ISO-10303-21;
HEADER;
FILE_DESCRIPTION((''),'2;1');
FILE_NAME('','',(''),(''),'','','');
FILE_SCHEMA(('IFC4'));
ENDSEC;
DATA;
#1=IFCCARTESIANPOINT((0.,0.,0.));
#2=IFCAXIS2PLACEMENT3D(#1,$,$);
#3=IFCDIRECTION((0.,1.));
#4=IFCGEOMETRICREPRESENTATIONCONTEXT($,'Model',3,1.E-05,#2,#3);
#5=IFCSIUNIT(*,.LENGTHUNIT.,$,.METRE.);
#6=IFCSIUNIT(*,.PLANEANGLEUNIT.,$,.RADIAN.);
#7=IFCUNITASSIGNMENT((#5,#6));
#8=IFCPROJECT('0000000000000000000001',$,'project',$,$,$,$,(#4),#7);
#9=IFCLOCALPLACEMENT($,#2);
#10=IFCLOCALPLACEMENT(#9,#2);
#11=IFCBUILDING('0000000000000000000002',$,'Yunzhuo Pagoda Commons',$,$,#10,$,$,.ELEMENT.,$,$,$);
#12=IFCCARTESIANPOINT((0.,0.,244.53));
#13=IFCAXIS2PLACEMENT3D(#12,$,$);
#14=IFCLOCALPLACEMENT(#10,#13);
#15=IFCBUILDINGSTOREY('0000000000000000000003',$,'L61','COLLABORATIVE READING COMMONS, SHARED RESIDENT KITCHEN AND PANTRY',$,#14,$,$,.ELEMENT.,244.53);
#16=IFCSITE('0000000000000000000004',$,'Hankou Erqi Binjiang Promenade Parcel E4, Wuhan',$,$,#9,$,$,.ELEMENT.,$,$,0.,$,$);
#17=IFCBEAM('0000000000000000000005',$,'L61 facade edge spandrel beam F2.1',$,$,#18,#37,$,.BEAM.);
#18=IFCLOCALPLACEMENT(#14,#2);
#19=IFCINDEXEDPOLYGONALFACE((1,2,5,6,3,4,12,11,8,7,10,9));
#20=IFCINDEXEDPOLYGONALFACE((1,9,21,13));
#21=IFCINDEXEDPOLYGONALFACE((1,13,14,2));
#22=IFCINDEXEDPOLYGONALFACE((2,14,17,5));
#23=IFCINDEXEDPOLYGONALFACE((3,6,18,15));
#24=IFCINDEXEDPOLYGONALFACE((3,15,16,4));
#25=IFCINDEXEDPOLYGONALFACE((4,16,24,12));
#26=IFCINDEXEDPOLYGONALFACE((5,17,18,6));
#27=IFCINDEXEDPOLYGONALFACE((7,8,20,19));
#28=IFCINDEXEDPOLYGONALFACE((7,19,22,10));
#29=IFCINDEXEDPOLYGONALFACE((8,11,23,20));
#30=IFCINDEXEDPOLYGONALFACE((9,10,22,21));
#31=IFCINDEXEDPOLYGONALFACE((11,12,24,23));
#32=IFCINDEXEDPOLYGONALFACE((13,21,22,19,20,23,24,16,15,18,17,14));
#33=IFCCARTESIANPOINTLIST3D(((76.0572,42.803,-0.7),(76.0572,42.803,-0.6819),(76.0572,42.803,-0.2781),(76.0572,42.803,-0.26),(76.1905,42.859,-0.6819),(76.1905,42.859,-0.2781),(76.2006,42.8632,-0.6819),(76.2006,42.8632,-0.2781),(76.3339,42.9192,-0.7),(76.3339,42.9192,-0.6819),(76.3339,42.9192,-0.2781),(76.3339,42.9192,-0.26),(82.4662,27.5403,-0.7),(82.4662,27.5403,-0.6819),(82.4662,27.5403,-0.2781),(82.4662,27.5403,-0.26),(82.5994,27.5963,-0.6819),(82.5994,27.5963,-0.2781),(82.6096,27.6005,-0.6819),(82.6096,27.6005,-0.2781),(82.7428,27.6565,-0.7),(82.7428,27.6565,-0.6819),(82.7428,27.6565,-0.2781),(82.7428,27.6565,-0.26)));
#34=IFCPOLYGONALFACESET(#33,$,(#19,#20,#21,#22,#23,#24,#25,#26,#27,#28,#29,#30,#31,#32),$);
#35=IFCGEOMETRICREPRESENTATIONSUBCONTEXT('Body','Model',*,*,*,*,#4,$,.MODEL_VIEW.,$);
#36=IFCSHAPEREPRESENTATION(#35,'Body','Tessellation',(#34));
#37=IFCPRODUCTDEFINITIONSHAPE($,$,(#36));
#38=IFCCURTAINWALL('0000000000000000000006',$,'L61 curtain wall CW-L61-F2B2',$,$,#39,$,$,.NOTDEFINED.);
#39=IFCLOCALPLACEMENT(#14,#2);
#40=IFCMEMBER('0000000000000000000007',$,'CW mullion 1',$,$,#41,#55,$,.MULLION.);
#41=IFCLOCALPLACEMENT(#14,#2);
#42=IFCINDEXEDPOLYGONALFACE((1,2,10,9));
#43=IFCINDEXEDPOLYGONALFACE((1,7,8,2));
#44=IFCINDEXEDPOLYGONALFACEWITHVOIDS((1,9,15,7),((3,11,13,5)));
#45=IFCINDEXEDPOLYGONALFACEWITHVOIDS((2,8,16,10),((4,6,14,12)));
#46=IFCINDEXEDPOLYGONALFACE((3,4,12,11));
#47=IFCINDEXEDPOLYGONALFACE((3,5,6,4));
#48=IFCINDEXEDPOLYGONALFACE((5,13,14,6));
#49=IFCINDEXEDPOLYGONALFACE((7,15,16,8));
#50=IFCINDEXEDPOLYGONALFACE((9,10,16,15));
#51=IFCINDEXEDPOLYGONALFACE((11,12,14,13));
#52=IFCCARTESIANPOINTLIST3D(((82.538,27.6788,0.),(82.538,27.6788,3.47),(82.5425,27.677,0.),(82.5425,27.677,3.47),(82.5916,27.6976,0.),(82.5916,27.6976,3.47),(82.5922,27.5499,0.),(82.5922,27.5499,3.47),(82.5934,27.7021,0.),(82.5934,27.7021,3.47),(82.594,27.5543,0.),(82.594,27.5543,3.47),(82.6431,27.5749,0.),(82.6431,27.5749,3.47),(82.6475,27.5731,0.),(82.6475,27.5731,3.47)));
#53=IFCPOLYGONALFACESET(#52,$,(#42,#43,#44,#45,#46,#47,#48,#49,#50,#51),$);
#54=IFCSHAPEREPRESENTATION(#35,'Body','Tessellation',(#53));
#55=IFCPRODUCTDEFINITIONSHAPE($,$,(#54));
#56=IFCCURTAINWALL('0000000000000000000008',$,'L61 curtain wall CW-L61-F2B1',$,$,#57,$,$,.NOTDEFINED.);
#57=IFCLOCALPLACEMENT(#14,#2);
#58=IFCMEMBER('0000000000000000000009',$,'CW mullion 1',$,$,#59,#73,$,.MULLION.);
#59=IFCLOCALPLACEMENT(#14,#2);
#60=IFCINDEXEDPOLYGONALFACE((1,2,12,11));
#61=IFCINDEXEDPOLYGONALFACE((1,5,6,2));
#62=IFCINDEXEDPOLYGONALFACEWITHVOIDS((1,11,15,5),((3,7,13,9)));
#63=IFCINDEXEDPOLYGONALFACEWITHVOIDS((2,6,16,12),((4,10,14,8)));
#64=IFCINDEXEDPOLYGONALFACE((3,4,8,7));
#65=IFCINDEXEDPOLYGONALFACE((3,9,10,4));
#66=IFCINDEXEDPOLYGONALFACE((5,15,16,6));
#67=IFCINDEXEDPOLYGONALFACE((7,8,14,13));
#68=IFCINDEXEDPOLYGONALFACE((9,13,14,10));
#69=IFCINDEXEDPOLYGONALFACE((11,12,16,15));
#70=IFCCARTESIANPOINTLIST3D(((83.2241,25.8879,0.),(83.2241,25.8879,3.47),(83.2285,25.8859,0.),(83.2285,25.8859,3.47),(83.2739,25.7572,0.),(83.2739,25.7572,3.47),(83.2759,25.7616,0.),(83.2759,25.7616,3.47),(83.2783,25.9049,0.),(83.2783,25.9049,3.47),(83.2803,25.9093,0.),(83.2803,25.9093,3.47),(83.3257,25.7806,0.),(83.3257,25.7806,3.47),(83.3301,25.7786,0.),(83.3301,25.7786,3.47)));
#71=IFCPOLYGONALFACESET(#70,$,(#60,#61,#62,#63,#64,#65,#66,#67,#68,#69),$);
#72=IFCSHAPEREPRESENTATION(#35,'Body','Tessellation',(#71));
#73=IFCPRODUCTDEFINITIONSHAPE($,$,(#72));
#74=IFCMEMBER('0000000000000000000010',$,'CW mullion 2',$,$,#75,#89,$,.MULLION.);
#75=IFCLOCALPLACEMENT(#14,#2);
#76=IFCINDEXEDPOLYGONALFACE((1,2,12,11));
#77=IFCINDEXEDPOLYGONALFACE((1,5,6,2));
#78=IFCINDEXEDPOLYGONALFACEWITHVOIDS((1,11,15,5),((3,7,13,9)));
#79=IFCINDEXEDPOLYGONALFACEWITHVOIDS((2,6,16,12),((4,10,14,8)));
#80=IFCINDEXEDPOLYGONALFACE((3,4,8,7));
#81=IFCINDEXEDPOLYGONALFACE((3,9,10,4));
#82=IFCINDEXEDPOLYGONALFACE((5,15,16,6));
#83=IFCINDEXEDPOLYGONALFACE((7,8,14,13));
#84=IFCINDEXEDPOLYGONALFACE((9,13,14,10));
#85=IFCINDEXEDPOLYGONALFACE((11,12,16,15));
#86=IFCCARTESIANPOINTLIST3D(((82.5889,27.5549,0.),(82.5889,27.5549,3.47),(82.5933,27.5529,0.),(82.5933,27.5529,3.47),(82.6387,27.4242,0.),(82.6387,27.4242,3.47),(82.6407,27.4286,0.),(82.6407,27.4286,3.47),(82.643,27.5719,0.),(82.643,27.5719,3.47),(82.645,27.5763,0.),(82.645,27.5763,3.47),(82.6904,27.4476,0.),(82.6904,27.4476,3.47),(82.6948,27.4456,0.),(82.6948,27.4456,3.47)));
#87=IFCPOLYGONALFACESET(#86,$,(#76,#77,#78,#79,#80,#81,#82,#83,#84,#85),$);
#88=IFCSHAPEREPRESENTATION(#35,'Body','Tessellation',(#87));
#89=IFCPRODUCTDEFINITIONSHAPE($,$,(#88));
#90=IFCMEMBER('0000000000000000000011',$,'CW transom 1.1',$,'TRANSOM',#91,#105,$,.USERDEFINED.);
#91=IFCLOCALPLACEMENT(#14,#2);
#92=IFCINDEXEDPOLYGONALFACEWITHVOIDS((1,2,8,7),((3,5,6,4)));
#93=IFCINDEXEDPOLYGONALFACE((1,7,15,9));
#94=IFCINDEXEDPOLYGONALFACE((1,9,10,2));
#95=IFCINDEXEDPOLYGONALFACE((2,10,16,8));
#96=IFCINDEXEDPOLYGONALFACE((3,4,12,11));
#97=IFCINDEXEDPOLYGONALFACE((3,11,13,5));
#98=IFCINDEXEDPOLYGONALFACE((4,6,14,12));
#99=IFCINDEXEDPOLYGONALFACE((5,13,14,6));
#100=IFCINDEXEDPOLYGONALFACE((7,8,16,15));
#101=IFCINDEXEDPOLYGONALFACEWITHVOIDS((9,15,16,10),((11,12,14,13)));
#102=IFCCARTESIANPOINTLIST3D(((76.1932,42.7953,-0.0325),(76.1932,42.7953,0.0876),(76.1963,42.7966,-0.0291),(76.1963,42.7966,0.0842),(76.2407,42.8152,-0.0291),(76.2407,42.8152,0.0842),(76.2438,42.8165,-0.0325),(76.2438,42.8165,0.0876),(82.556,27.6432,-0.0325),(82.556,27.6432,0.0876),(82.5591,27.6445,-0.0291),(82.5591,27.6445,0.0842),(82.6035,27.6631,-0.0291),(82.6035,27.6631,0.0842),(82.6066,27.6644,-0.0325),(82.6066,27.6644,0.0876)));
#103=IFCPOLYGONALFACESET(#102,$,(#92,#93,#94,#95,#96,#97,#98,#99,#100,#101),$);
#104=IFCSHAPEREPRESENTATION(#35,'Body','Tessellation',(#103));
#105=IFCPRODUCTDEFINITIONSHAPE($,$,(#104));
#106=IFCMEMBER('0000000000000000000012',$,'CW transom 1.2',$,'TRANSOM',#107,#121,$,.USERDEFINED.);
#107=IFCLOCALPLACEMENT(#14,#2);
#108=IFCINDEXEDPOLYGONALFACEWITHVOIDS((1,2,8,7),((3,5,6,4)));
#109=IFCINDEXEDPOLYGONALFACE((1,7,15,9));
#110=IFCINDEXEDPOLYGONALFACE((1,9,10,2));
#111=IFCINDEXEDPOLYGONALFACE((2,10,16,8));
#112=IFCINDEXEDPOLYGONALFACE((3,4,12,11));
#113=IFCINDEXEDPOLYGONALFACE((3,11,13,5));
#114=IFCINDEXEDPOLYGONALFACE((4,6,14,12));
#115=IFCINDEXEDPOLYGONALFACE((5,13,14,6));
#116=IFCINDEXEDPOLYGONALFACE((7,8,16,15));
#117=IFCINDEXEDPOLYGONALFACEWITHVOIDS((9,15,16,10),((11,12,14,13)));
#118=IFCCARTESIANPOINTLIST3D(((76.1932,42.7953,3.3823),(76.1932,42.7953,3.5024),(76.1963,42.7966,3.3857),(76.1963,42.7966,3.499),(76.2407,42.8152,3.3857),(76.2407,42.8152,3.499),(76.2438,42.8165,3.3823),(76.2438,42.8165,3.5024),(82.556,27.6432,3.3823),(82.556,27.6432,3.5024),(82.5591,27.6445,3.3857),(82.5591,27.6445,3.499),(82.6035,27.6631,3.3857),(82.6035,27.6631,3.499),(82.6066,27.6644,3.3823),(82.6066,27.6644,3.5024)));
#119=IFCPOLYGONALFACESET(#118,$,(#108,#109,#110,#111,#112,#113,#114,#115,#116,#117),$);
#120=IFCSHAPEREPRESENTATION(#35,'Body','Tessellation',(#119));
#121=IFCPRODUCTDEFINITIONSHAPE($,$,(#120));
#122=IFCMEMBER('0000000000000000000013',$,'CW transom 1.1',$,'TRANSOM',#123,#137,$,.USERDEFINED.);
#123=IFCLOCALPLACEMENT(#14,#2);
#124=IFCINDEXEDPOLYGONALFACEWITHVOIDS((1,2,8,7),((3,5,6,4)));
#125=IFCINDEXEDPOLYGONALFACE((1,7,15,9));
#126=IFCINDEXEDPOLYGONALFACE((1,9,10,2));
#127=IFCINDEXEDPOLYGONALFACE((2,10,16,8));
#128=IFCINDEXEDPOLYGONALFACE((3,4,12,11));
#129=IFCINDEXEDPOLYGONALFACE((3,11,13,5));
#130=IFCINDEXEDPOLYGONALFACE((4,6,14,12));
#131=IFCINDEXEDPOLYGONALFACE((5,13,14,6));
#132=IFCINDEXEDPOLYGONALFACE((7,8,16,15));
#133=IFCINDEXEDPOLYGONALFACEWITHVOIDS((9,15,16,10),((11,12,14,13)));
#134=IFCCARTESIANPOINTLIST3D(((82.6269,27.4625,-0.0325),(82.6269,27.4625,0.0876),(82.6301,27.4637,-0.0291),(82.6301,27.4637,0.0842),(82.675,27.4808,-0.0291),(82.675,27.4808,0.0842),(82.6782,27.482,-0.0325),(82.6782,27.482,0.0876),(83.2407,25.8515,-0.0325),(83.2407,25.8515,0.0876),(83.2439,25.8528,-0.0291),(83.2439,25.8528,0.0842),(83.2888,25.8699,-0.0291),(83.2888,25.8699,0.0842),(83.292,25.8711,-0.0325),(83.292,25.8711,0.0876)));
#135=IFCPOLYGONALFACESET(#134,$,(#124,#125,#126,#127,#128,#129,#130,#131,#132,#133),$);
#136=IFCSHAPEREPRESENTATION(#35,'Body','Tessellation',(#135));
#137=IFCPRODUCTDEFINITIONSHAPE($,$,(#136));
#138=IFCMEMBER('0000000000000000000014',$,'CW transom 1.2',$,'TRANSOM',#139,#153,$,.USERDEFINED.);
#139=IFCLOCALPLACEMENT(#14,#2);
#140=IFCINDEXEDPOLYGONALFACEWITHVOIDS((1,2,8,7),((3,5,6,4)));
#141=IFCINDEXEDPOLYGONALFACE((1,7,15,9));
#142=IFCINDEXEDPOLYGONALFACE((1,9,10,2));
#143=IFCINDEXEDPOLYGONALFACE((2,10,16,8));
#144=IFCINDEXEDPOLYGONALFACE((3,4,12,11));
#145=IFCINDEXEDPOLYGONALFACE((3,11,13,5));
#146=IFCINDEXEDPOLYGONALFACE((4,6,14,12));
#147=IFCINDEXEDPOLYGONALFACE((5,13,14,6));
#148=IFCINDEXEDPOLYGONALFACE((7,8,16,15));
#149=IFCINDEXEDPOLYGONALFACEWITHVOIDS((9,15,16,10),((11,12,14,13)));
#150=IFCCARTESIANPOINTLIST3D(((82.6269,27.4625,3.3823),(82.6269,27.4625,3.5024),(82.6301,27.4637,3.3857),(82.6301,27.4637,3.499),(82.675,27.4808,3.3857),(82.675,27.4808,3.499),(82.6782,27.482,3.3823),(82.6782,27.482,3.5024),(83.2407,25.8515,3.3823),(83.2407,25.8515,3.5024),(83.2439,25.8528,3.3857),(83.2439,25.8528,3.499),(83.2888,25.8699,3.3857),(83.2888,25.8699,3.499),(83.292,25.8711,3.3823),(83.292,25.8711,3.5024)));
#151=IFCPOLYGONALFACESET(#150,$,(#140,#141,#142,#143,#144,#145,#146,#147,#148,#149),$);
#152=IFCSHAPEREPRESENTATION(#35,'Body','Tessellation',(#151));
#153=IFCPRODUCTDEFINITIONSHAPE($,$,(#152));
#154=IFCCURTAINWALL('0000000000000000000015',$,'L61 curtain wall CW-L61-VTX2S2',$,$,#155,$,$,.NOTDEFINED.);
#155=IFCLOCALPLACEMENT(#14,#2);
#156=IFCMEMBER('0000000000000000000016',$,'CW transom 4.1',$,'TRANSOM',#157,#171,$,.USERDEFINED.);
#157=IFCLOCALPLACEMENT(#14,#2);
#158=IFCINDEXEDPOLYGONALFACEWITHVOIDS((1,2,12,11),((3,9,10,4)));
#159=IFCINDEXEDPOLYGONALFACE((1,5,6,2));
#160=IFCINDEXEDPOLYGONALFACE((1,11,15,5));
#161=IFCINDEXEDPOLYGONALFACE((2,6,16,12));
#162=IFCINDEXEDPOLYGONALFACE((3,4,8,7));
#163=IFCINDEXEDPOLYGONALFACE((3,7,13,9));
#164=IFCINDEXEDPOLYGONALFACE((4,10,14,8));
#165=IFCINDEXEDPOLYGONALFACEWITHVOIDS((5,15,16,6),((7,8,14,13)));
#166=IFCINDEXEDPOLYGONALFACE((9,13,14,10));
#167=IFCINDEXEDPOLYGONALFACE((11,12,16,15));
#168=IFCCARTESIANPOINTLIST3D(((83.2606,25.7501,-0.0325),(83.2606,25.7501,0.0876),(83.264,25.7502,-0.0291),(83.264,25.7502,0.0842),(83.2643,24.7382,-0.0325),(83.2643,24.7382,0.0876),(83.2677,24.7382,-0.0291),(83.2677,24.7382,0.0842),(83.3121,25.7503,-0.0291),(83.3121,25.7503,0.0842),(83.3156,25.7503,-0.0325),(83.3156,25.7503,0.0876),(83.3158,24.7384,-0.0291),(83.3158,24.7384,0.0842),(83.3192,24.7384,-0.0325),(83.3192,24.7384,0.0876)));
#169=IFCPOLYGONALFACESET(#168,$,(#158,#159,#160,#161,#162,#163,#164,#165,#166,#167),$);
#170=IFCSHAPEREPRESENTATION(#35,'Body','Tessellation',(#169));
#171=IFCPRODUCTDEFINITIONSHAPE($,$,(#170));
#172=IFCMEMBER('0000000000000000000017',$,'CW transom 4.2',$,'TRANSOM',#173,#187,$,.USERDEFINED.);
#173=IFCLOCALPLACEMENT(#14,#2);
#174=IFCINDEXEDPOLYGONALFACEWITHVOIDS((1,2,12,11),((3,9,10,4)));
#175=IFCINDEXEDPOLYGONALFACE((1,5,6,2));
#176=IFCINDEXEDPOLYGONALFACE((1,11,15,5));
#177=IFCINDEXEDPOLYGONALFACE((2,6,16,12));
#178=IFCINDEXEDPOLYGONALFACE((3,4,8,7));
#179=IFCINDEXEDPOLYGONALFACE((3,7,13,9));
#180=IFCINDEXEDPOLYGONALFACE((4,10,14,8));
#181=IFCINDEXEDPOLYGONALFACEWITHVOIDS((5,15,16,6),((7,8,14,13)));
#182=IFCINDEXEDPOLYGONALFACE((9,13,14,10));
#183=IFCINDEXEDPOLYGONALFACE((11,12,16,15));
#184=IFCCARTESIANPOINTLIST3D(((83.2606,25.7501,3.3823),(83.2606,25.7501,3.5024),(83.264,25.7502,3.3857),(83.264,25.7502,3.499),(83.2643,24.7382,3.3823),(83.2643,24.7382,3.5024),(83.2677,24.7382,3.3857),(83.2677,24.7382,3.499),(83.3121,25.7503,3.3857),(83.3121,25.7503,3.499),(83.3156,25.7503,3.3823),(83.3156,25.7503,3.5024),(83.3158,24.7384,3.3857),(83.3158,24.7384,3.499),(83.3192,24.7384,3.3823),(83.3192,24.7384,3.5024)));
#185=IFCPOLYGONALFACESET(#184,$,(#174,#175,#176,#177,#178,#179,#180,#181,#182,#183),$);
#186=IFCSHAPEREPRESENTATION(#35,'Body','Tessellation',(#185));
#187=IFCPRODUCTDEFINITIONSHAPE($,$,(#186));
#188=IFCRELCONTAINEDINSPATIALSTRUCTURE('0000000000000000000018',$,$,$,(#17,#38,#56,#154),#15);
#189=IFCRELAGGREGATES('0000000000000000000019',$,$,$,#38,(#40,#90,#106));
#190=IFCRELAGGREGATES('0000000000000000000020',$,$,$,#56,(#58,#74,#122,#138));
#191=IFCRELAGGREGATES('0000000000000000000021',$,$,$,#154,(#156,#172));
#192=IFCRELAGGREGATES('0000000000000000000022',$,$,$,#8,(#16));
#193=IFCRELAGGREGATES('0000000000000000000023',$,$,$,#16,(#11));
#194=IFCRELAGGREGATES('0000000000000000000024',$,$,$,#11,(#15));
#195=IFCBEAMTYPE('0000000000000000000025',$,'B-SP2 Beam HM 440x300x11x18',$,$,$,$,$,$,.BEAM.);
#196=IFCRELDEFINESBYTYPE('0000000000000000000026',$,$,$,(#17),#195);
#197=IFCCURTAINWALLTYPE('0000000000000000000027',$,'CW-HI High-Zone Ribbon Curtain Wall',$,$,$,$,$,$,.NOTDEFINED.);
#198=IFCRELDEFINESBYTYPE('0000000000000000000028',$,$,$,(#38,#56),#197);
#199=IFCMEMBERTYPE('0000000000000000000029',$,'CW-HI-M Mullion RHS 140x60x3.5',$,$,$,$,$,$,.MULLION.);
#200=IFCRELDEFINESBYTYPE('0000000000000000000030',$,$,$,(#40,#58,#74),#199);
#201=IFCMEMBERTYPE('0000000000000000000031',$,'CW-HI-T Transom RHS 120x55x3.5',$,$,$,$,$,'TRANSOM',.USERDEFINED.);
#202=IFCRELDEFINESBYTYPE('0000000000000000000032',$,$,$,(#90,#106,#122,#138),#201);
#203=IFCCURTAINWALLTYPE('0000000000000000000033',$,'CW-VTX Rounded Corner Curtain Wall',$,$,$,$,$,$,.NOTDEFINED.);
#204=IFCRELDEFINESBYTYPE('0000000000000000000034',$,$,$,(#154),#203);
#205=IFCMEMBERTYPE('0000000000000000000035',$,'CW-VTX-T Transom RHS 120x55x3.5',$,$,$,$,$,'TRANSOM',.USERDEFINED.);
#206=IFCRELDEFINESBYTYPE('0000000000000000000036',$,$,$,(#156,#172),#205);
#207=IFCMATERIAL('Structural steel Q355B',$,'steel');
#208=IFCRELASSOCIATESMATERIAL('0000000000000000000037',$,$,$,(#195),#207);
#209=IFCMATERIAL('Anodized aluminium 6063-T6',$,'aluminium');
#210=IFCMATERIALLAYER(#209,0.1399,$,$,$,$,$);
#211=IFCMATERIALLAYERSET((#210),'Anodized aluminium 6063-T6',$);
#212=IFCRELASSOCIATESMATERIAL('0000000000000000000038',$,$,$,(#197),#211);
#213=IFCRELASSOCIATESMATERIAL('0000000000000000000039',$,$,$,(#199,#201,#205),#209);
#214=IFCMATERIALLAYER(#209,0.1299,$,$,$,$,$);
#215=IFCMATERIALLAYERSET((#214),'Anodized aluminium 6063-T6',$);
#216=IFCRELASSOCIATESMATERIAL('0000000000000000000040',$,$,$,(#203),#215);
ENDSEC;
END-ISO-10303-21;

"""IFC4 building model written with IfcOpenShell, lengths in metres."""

from ifc_helpers import new_model, si_unit, direction, frame, origin, origin_2d, place, context, subcontext, project, spatial, hollow_rectangle, i_section, extrude, source, transform, mapped, material, layer, layer_set, material_profile, profile_set, type_object, element, aggregate, save


model = new_model("IFC4")

# Units and contexts
model_context = context("Model", 3, precision=1e-05, world=origin(), true_north=direction((0.0, 1.0)))
body_context = subcontext(model_context, "Body", "Model", "MODEL_VIEW")
ifc_project = project(units=[si_unit("LENGTHUNIT", "METRE"), si_unit("PLANEANGLEUNIT", "RADIAN")], contexts=[model_context])

# Site, building, storey
site_placement = place(None, origin())
site = spatial("IfcSite", under=ifc_project, at=site_placement, Name="Hankou Erqi Binjiang Promenade Parcel E4, Wuhan", CompositionType="ELEMENT", RefElevation=0.0)
building_placement = place(site_placement, origin())
building = spatial("IfcBuilding", under=site, at=building_placement, Name="Yunzhuo Pagoda Commons", CompositionType="ELEMENT")
storey_placement = place(building_placement, frame((0.0, 0.0, 244.53)))
storey = spatial("IfcBuildingStorey", under=building, at=storey_placement, Name="L61", Description="COLLABORATIVE READING COMMONS, SHARED RESIDENT KITCHEN AND PANTRY", CompositionType="ELEMENT", Elevation=244.53)

# Beam
ifc_material_1 = material(Name="Structural steel Q355B", Category="steel")
ifc_material_profile_1 = material_profile(ifc_material_1, i_section(OverallWidth=0.3, OverallDepth=0.4399, WebThickness=0.011, FlangeThickness=0.0181, at=origin_2d()), Name="Structural steel Q355B")
ifc_profile_set_1 = profile_set([ifc_material_profile_1], Name="Structural steel Q355B")
beam_type = type_object("IfcBeamType", Name="B-SP2 Beam HM 440x300x11x18", PredefinedType="BEAM", material=ifc_profile_set_1)
shared_shape_1 = source(origin(), body_context, "Body", "SweptSolid", [
    extrude(i_section(OverallWidth=0.3, OverallDepth=0.4399, WebThickness=0.011, FlangeThickness=0.0181, at=origin_2d()), origin(), (0.0, 0.0, 1.0), 16.5537),
])
beam_placement = place(storey_placement, frame((82.6045, 27.5984, -0.48), z_axis=(-0.387161, 0.922012, 0.0), x_axis=(-0.922012, -0.387161, 0.0)))
element("IfcBeam", 1, at=beam_placement, inside=storey, type_object=beam_type, Name="L61 facade edge spandrel beam F2.1", PredefinedType="BEAM", context=body_context, shape_type="MappedRepresentation", body=[
    mapped(shared_shape_1, transform((0.0, 0.0, 0.0), scale=1.0)),
])

# Curtain wall, member
ifc_material_2 = material(Name="Anodized aluminium 6063-T6", Category="aluminium")
ifc_layer_1 = layer(ifc_material_2, 0.1399)
ifc_layer_set_1 = layer_set([ifc_layer_1], Name="Anodized aluminium 6063-T6")
curtain_wall_type_1 = type_object("IfcCurtainWallType", Name="CW-HI High-Zone Ribbon Curtain Wall", PredefinedType="NOTDEFINED", material=ifc_layer_set_1)
curtain_wall_1_placement = place(storey_placement, origin())
curtain_wall_1 = element("IfcCurtainWall", 2, at=curtain_wall_1_placement, inside=storey, type_object=curtain_wall_type_1, Name="L61 curtain wall CW-L61-F2B2", PredefinedType="NOTDEFINED")
ifc_material_profile_2 = material_profile(ifc_material_2, hollow_rectangle(XDim=0.0601, YDim=0.1399, WallThickness=0.0034, at=origin_2d()), Name="Anodized aluminium 6063-T6")
ifc_profile_set_2 = profile_set([ifc_material_profile_2], Name="Anodized aluminium 6063-T6")
member_type_1 = type_object("IfcMemberType", Name="CW-HI-M Mullion RHS 140x60x3.5", PredefinedType="MULLION", material=ifc_profile_set_2)
shared_shape_2 = source(origin(), body_context, "Body", "SweptSolid", [
    extrude(hollow_rectangle(XDim=0.0601, YDim=0.1399, WallThickness=0.0034, at=origin_2d()), origin(), (0.0, 0.0, 1.0), 3.47),
])
member_1_placement = place(storey_placement, frame((82.5928, 27.626, 0.0), z_axis=(0.0, 0.0, 1.0), x_axis=(-0.922008, -0.38717, 0.0)))
member_1 = element("IfcMember", 3, at=member_1_placement, type_object=member_type_1, Name="CW mullion 1", PredefinedType="MULLION", context=body_context, shape_type="MappedRepresentation", body=[
    mapped(shared_shape_2, transform((0.0, 0.0, 0.0), scale=1.0)),
])

# Curtain wall, members
curtain_wall_2_placement = place(storey_placement, origin())
curtain_wall_2 = element("IfcCurtainWall", 4, at=curtain_wall_2_placement, inside=storey, type_object=curtain_wall_type_1, Name="L61 curtain wall CW-L61-F2B1", PredefinedType="NOTDEFINED")
member_2_placement = place(storey_placement, frame((83.2771, 25.8333, 0.0), z_axis=(0.0, 0.0, 1.0), x_axis=(-0.934441, -0.356117, 0.0)))
member_2 = element("IfcMember", 5, at=member_2_placement, type_object=member_type_1, Name="CW mullion 1", PredefinedType="MULLION", context=body_context, shape_type="MappedRepresentation", body=[
    mapped(shared_shape_2, transform((0.0, 0.0, 0.0), scale=1.0)),
])
member_3_placement = place(storey_placement, frame((82.6418, 27.5002, 0.0), z_axis=(0.0, 0.0, 1.0), x_axis=(-0.934441, -0.356117, 0.0)))
member_3 = element("IfcMember", 6, at=member_3_placement, type_object=member_type_1, Name="CW mullion 2", PredefinedType="MULLION", context=body_context, shape_type="MappedRepresentation", body=[
    mapped(shared_shape_2, transform((0.0, 0.0, 0.0), scale=1.0)),
])

# Members
ifc_material_profile_3 = material_profile(ifc_material_2, hollow_rectangle(XDim=0.0549, YDim=0.1201, WallThickness=0.0034, at=origin_2d()), Name="Anodized aluminium 6063-T6")
ifc_profile_set_3 = profile_set([ifc_material_profile_3], Name="Anodized aluminium 6063-T6")
member_type_2 = type_object("IfcMemberType", Name="CW-HI-T Transom RHS 120x55x3.5", ElementType="TRANSOM", PredefinedType="USERDEFINED", material=ifc_profile_set_3)
shared_shape_3 = source(origin(), body_context, "Body", "SweptSolid", [
    extrude(hollow_rectangle(XDim=0.0549, YDim=0.1201, WallThickness=0.0034, at=origin_2d()), origin(), (0.0, 0.0, 1.0), 16.4338),
])
member_4_placement = place(storey_placement, frame((82.5813, 27.6538, 0.0276), z_axis=(-0.387176, 0.922006, 0.0), x_axis=(-0.922006, -0.387176, 0.0)))
member_4 = element("IfcMember", 7, at=member_4_placement, type_object=member_type_2, Name="CW transom 1.1", ObjectType="TRANSOM", PredefinedType="USERDEFINED", context=body_context, shape_type="MappedRepresentation", body=[
    mapped(shared_shape_3, transform((0.0, 0.0, 0.0), scale=1.0)),
])
member_5_placement = place(storey_placement, frame((82.5813, 27.6538, 3.4424), z_axis=(-0.387176, 0.922006, 0.0), x_axis=(-0.922006, -0.387176, 0.0)))
member_5 = element("IfcMember", 8, at=member_5_placement, type_object=member_type_2, Name="CW transom 1.2", ObjectType="TRANSOM", PredefinedType="USERDEFINED", context=body_context, shape_type="MappedRepresentation", body=[
    mapped(shared_shape_3, transform((0.0, 0.0, 0.0), scale=1.0)),
])
aggregate(curtain_wall_1, [member_1, member_4, member_5])
shared_shape_4 = source(origin(), body_context, "Body", "SweptSolid", [
    extrude(hollow_rectangle(XDim=0.0549, YDim=0.1201, WallThickness=0.0034, at=origin_2d()), origin(), (0.0, 0.0, 1.0), 1.7239),
])
member_6_placement = place(storey_placement, frame((83.2664, 25.8613, 0.0276), z_axis=(-0.356054, 0.934465, 0.0), x_axis=(-0.934465, -0.356054, 0.0)))
member_6 = element("IfcMember", 9, at=member_6_placement, type_object=member_type_2, Name="CW transom 1.1", ObjectType="TRANSOM", PredefinedType="USERDEFINED", context=body_context, shape_type="MappedRepresentation", body=[
    mapped(shared_shape_4, transform((0.0, 0.0, 0.0), scale=1.0)),
])
member_7_placement = place(storey_placement, frame((83.2664, 25.8613, 3.4424), z_axis=(-0.356054, 0.934465, 0.0), x_axis=(-0.934465, -0.356054, 0.0)))
member_7 = element("IfcMember", 10, at=member_7_placement, type_object=member_type_2, Name="CW transom 1.2", ObjectType="TRANSOM", PredefinedType="USERDEFINED", context=body_context, shape_type="MappedRepresentation", body=[
    mapped(shared_shape_4, transform((0.0, 0.0, 0.0), scale=1.0)),
])

# Curtain wall, members
ifc_layer_2 = layer(ifc_material_2, 0.1299)
ifc_layer_set_2 = layer_set([ifc_layer_2], Name="Anodized aluminium 6063-T6")
curtain_wall_type_2 = type_object("IfcCurtainWallType", Name="CW-VTX Rounded Corner Curtain Wall", PredefinedType="NOTDEFINED", material=ifc_layer_set_2)
curtain_wall_3_placement = place(storey_placement, origin())
curtain_wall_3 = element("IfcCurtainWall", 11, at=curtain_wall_3_placement, inside=storey, type_object=curtain_wall_type_2, Name="L61 curtain wall CW-L61-VTX2S2", PredefinedType="NOTDEFINED")
ifc_material_profile_4 = material_profile(ifc_material_2, hollow_rectangle(XDim=0.0549, YDim=0.1201, WallThickness=0.0034, at=origin_2d()), Name="Anodized aluminium 6063-T6")
ifc_profile_set_4 = profile_set([ifc_material_profile_4], Name="Anodized aluminium 6063-T6")
member_type_3 = type_object("IfcMemberType", Name="CW-VTX-T Transom RHS 120x55x3.5", ElementType="TRANSOM", PredefinedType="USERDEFINED", material=ifc_profile_set_4)
shared_shape_5 = source(origin(), body_context, "Body", "SweptSolid", [
    extrude(hollow_rectangle(XDim=0.0549, YDim=0.1201, WallThickness=0.0034, at=origin_2d()), origin(), (0.0, 0.0, 1.0), 1.012),
])
member_8_placement = place(storey_placement, frame((83.2917, 24.7383, 0.0276), z_axis=(-0.003619, 0.999993, 0.0), x_axis=(-0.999993, -0.003619, 0.0)))
member_8 = element("IfcMember", 12, at=member_8_placement, type_object=member_type_3, Name="CW transom 4.1", ObjectType="TRANSOM", PredefinedType="USERDEFINED", context=body_context, shape_type="MappedRepresentation", body=[
    mapped(shared_shape_5, transform((0.0, 0.0, 0.0), scale=1.0)),
])
member_9_placement = place(storey_placement, frame((83.2917, 24.7383, 3.4424), z_axis=(-0.003619, 0.999993, 0.0), x_axis=(-0.999993, -0.003619, 0.0)))
member_9 = element("IfcMember", 13, at=member_9_placement, type_object=member_type_3, Name="CW transom 4.2", ObjectType="TRANSOM", PredefinedType="USERDEFINED", context=body_context, shape_type="MappedRepresentation", body=[
    mapped(shared_shape_5, transform((0.0, 0.0, 0.0), scale=1.0)),
])

aggregate(curtain_wall_2, [member_2, member_3, member_6, member_7])

aggregate(curtain_wall_3, [member_8, member_9])

save(model, "model.ifc")
